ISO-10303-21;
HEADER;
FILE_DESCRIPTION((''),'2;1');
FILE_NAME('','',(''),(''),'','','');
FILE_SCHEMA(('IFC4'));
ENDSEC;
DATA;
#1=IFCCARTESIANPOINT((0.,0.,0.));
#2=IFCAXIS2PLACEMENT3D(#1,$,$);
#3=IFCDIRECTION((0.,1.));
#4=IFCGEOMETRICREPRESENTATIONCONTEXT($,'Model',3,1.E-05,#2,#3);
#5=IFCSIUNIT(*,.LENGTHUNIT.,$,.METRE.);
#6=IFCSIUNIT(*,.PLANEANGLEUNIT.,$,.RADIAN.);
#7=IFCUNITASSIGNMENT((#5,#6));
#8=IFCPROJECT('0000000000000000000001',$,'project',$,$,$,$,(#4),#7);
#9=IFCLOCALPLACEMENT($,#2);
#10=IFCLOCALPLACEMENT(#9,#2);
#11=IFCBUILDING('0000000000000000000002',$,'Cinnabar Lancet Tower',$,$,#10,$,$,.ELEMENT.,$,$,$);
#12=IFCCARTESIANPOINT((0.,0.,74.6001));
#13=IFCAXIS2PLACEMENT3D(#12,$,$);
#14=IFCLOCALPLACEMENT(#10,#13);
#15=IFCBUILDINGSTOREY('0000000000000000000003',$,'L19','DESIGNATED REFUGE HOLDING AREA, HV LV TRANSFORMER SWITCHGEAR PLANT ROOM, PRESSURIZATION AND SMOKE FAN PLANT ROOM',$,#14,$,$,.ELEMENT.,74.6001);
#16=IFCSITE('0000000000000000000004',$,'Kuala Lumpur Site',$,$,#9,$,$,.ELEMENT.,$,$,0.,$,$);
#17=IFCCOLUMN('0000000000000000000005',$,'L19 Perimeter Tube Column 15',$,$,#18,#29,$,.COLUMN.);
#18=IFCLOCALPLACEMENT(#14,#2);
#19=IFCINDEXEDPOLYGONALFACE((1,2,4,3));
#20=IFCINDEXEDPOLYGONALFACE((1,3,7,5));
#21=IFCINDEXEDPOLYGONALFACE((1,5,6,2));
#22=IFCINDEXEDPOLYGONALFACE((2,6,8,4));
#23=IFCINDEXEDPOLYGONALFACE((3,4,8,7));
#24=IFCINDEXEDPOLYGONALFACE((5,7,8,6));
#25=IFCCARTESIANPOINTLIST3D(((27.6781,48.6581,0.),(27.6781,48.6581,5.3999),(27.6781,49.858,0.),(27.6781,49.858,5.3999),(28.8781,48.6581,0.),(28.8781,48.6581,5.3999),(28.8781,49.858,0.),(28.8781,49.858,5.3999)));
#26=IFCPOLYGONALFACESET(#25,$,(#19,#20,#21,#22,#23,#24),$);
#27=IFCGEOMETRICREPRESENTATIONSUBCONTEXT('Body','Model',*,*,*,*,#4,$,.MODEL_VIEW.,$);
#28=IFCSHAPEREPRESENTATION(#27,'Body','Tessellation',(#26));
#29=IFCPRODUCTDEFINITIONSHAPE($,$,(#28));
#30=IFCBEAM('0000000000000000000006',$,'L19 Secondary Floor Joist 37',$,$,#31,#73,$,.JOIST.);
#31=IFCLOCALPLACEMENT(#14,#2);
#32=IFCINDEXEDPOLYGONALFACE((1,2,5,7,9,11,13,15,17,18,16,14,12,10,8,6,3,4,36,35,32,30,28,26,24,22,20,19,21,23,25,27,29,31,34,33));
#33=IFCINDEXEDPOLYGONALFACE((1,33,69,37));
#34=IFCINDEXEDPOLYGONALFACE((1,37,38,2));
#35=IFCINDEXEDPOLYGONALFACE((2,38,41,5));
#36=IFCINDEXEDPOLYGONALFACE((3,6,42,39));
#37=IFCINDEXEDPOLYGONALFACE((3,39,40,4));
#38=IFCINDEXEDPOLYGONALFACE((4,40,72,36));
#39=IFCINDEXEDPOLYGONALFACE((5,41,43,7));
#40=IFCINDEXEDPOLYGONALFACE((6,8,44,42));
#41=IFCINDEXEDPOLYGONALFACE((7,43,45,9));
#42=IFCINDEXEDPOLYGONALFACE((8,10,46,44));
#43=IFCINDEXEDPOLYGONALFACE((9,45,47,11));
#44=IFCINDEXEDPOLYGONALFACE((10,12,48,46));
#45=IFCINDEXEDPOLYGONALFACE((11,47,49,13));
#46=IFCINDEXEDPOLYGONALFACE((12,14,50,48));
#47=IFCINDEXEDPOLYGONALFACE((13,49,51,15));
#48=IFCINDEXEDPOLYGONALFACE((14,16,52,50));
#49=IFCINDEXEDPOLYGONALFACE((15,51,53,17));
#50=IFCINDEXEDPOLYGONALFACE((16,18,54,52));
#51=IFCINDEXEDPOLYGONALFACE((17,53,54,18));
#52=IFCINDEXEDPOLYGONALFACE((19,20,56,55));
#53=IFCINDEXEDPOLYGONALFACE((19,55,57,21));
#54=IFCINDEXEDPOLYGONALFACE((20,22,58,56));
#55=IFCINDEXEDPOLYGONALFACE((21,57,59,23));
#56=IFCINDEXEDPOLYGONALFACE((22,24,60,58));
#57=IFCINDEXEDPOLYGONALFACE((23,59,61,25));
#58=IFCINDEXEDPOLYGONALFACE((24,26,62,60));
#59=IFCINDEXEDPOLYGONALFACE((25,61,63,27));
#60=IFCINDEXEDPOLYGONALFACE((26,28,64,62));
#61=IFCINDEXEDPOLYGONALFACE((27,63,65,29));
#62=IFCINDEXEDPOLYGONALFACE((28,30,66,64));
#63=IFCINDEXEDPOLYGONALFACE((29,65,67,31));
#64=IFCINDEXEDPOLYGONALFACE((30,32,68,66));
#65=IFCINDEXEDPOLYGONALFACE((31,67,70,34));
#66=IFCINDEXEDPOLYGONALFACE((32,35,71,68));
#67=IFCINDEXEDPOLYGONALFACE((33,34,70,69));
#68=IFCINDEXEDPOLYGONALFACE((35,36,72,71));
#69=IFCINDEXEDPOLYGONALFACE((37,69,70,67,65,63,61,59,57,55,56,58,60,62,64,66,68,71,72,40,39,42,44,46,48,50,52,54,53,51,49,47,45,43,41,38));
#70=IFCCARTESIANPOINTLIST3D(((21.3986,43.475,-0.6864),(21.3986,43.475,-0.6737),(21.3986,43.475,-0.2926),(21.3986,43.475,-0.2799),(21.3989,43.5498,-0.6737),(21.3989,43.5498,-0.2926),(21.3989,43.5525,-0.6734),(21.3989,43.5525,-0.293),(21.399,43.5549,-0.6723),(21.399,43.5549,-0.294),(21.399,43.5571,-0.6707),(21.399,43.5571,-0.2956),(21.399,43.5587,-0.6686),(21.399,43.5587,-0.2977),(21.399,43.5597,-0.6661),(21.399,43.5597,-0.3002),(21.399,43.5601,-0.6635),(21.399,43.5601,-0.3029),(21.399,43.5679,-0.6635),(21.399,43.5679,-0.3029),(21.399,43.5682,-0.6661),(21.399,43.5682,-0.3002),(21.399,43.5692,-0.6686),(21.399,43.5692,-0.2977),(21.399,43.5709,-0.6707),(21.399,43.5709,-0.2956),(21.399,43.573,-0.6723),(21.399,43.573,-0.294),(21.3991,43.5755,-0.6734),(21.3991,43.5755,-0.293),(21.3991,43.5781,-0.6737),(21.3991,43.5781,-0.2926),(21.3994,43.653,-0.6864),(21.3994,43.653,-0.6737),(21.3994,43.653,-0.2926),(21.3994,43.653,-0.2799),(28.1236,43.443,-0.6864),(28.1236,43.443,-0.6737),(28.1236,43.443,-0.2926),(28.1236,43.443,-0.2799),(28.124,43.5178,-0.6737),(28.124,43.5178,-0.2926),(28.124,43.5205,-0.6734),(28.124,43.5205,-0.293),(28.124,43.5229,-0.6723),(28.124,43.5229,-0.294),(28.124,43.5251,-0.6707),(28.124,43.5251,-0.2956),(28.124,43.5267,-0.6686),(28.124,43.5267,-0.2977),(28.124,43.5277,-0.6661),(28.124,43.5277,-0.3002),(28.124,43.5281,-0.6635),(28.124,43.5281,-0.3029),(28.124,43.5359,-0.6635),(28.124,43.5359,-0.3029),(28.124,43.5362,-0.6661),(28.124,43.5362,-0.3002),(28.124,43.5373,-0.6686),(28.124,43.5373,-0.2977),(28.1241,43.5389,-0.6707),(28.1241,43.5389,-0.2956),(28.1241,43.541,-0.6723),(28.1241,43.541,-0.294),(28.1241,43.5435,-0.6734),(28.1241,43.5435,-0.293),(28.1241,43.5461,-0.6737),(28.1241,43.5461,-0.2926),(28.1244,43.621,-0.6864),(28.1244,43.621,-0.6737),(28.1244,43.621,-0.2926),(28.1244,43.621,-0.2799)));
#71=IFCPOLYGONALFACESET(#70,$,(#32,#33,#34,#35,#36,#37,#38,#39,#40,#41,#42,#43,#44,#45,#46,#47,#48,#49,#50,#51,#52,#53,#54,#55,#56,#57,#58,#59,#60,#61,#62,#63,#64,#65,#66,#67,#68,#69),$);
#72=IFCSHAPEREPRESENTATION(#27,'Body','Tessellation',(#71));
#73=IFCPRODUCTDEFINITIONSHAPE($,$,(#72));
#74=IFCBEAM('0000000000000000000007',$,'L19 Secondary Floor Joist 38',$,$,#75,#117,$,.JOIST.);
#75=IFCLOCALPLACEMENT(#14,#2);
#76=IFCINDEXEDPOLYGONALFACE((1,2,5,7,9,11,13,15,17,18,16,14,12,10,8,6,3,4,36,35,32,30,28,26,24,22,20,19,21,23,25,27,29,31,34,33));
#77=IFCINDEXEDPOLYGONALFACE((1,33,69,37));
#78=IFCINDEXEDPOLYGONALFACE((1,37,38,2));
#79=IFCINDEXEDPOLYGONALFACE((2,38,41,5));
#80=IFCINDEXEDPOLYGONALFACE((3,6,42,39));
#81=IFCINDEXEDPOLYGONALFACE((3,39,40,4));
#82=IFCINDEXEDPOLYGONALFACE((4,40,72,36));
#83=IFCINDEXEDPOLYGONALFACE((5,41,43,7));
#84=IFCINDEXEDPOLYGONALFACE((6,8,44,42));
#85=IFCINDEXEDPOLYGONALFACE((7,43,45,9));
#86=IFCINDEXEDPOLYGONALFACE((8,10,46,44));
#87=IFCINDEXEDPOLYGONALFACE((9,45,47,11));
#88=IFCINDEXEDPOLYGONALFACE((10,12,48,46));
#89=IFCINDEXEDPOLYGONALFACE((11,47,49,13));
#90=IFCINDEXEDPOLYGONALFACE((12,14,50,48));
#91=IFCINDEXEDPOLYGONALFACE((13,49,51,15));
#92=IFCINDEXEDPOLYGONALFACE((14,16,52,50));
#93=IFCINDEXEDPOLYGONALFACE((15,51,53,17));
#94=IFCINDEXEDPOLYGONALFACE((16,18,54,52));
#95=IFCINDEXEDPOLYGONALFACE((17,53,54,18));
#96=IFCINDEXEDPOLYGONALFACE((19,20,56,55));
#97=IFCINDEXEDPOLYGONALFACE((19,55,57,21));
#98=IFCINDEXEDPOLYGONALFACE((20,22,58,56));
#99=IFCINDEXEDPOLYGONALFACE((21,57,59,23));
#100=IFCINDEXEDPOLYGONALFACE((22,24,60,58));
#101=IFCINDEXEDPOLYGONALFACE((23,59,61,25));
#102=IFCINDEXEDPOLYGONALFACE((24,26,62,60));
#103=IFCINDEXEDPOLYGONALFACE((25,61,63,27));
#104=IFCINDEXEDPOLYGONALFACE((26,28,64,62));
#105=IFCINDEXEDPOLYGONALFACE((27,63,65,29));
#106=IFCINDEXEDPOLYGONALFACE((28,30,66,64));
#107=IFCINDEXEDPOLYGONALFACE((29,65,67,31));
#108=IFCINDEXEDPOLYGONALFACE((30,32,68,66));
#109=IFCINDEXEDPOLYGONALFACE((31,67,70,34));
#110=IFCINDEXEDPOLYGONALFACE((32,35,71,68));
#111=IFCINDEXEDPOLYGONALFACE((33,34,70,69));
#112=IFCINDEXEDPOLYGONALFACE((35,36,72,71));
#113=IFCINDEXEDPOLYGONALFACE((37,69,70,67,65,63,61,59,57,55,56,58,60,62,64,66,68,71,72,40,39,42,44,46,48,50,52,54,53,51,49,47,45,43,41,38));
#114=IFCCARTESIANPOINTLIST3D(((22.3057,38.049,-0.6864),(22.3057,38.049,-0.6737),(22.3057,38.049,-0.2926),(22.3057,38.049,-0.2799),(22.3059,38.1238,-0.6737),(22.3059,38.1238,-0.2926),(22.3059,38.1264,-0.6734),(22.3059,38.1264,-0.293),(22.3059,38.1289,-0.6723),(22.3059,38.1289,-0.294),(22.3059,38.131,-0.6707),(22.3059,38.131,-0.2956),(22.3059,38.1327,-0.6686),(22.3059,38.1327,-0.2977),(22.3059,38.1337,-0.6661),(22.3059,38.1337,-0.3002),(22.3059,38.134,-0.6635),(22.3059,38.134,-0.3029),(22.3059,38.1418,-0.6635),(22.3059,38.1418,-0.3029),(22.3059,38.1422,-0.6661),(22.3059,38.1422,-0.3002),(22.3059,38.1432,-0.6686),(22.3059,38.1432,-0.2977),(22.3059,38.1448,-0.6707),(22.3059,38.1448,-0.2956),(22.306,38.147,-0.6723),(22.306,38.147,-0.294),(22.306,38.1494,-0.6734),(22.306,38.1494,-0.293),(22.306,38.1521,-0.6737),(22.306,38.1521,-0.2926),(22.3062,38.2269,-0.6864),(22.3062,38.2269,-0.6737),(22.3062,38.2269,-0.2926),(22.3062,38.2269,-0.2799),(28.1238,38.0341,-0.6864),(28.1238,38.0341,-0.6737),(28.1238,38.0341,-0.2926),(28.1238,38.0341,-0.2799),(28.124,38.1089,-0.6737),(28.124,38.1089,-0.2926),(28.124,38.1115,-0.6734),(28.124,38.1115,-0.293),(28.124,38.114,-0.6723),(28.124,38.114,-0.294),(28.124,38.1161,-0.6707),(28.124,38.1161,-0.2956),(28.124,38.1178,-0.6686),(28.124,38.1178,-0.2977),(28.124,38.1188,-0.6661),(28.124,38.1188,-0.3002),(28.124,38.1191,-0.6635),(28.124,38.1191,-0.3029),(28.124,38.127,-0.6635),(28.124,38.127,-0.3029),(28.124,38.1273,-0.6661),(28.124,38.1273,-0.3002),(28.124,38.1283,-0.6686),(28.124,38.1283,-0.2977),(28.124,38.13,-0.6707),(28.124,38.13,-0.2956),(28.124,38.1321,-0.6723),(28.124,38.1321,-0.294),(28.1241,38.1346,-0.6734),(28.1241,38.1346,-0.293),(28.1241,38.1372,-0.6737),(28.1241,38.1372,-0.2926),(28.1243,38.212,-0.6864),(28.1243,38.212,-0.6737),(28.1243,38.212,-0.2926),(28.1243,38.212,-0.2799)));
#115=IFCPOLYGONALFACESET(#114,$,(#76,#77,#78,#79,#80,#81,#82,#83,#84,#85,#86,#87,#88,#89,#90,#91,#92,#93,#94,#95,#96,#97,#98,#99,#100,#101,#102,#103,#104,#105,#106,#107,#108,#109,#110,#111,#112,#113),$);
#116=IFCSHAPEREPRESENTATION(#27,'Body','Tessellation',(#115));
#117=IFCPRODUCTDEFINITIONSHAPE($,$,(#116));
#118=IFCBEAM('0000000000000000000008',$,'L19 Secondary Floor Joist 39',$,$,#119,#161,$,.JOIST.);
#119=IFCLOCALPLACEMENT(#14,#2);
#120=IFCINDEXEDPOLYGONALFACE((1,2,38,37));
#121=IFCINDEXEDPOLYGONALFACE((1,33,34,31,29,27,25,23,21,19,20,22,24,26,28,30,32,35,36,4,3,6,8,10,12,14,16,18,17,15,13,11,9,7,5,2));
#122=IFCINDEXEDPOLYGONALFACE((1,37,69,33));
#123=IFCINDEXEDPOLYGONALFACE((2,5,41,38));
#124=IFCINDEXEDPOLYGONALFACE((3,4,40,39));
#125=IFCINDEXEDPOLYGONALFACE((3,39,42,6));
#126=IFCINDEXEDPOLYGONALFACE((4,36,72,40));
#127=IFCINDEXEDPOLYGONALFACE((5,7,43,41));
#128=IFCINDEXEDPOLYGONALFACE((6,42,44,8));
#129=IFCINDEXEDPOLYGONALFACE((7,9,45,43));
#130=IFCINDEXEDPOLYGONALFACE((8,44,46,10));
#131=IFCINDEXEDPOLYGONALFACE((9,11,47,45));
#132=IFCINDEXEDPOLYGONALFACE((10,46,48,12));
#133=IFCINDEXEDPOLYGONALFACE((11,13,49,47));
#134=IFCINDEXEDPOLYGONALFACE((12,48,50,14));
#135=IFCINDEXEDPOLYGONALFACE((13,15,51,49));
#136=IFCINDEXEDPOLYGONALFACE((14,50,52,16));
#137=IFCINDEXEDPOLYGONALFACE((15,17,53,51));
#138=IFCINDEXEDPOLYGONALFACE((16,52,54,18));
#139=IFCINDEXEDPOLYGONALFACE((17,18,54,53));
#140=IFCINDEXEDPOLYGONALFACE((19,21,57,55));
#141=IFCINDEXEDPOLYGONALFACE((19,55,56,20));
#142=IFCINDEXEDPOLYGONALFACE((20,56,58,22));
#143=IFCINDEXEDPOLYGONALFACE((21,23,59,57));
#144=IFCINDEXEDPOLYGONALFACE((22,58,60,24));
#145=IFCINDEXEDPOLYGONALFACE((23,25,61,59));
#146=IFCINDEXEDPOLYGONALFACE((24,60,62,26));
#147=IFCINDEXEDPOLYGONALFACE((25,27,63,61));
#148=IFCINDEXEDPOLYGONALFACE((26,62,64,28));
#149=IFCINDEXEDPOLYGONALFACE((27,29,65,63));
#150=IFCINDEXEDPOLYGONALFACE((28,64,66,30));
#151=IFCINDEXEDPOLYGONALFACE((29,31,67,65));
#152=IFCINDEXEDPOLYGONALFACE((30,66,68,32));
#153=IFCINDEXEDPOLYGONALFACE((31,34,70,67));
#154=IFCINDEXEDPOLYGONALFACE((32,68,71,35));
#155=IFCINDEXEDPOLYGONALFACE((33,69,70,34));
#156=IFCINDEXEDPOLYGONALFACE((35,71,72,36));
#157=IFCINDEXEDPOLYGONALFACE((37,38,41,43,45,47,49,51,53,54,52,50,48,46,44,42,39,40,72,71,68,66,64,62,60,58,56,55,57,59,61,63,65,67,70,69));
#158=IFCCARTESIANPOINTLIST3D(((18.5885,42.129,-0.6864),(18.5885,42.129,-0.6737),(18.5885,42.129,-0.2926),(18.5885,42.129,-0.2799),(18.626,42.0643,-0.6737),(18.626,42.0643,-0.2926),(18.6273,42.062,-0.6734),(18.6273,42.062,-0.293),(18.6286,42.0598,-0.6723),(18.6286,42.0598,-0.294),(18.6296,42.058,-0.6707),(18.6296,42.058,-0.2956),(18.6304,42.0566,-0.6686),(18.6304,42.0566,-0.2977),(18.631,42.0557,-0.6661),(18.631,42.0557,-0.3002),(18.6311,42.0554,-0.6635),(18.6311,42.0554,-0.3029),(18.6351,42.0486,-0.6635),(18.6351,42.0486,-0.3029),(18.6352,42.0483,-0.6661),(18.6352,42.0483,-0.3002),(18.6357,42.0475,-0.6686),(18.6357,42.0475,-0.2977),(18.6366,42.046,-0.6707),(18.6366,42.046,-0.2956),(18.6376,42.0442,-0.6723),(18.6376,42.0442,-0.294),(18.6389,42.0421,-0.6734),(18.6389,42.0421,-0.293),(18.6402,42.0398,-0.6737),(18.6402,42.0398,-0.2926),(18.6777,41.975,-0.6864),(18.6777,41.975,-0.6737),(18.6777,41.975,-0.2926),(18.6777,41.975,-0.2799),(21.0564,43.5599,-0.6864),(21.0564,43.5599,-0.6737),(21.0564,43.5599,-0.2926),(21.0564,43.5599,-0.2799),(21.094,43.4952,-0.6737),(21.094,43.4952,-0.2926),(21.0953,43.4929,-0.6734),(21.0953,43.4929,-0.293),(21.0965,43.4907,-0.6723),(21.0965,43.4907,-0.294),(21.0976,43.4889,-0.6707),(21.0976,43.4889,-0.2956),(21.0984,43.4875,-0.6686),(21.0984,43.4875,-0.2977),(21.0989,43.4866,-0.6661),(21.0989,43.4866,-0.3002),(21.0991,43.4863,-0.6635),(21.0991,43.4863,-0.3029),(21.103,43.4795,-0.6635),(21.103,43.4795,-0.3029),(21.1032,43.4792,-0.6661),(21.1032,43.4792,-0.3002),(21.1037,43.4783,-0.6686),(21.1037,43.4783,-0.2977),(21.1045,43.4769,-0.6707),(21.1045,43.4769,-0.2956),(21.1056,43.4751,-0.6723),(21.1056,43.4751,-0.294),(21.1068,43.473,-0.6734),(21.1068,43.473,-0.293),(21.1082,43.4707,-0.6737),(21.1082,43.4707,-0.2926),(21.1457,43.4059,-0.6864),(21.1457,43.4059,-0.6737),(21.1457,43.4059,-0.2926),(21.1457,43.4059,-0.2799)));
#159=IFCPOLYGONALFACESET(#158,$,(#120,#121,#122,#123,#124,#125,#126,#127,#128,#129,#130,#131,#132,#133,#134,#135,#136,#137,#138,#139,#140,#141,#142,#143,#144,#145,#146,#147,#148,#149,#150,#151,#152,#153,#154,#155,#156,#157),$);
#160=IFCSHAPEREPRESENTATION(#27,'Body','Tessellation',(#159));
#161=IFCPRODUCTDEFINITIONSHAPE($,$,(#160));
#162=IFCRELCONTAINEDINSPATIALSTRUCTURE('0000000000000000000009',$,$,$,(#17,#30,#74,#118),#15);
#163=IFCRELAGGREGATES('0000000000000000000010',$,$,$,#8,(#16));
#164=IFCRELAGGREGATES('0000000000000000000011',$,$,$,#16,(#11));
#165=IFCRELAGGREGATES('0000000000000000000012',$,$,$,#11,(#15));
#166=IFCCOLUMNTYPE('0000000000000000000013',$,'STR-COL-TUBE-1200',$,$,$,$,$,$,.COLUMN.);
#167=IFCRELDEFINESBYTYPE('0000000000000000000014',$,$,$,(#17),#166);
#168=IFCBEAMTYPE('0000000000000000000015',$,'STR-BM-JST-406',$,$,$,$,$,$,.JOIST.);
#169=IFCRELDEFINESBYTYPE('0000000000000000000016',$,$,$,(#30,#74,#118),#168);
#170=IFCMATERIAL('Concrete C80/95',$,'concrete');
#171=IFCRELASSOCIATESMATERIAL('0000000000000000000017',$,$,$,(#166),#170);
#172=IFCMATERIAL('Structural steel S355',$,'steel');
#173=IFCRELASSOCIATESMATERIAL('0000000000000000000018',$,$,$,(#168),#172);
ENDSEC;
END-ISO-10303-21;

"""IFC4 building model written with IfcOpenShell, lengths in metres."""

from ifc_helpers import new_model, si_unit, direction, frame, origin, origin_2d, place, context, subcontext, project, spatial, rectangle, i_section, extrude, material, material_profile, profile_set, type_object, element, save


model = new_model("IFC4")

# Units and contexts
model_context = context("Model", 3, precision=1e-05, world=origin(), true_north=direction((0.0, 1.0)))
body_context = subcontext(model_context, "Body", "Model", "MODEL_VIEW")
ifc_project = project(units=[si_unit("LENGTHUNIT", "METRE"), si_unit("PLANEANGLEUNIT", "RADIAN")], contexts=[model_context])

# Site, building, storey
site_placement = place(None, origin())
site = spatial("IfcSite", under=ifc_project, at=site_placement, Name="Kuala Lumpur Site", CompositionType="ELEMENT", RefElevation=0.0)
building_placement = place(site_placement, origin())
building = spatial("IfcBuilding", under=site, at=building_placement, Name="Cinnabar Lancet Tower", CompositionType="ELEMENT")
storey_placement = place(building_placement, frame((0.0, 0.0, 74.6001)))
storey = spatial("IfcBuildingStorey", under=building, at=storey_placement, Name="L19", Description="DESIGNATED REFUGE HOLDING AREA, HV LV TRANSFORMER SWITCHGEAR PLANT ROOM, PRESSURIZATION AND SMOKE FAN PLANT ROOM", CompositionType="ELEMENT", Elevation=74.6001)

# Column
ifc_material_1 = material(Name="Concrete C80/95", Category="concrete")
ifc_material_profile_1 = material_profile(ifc_material_1, rectangle(XDim=1.2, YDim=1.2, at=origin_2d()), Name="RC-COL 1200x1200")
ifc_profile_set_1 = profile_set([ifc_material_profile_1], Name="Concrete C80/95")
column_type = type_object("IfcColumnType", Name="STR-COL-TUBE-1200", PredefinedType="COLUMN", material=ifc_profile_set_1)
column_placement = place(storey_placement, frame((28.2781, 49.2581, 0.0), z_axis=(0.0, 0.0, 1.0), x_axis=(1.0, 0.0, 0.0)))
element("IfcColumn", 1, at=column_placement, inside=storey, type_object=column_type, Name="L19 Perimeter Tube Column 15", PredefinedType="COLUMN", context=body_context, shape_type="SweptSolid", body=[
    extrude(rectangle(XDim=1.2, YDim=1.2, at=origin_2d()), origin(), (0.0, 0.0, 1.0), 5.3999),
])

# Beams
ifc_material_2 = material(Name="Structural steel S355", Category="steel")
ifc_material_profile_2 = material_profile(ifc_material_2, i_section(OverallWidth=0.178, OverallDepth=0.4065, WebThickness=0.0078, FlangeThickness=0.0127, FilletRadius=0.0103, at=origin_2d()), Name="UKB 406x178x60")
ifc_profile_set_2 = profile_set([ifc_material_profile_2], Name="Structural steel S355")
beam_type_1 = type_object("IfcBeamType", Name="STR-BM-JST-406", PredefinedType="JOIST", material=ifc_profile_set_2)
beam_1_placement = place(storey_placement, frame((28.124, 43.532, -0.4832), z_axis=(-0.999989, 0.004756, 0.0), x_axis=(-0.004756, -0.999989, 0.0)))
element("IfcBeam", 2, at=beam_1_placement, inside=storey, type_object=beam_type_1, Name="L19 Secondary Floor Joist 37", PredefinedType="JOIST", context=body_context, shape_type="SweptSolid", body=[
    extrude(i_section(OverallWidth=0.178, OverallDepth=0.4065, WebThickness=0.0078, FlangeThickness=0.0127, FilletRadius=0.0103, at=origin_2d()), origin(), (0.0, 0.0, 1.0), 6.7251),
])
beam_2_placement = place(storey_placement, frame((28.124, 38.123, -0.4832), z_axis=(-0.999997, 0.00256, 0.0), x_axis=(-0.00256, -0.999997, 0.0)))
element("IfcBeam", 3, at=beam_2_placement, inside=storey, type_object=beam_type_1, Name="L19 Secondary Floor Joist 38", PredefinedType="JOIST", context=body_context, shape_type="SweptSolid", body=[
    extrude(i_section(OverallWidth=0.178, OverallDepth=0.4065, WebThickness=0.0078, FlangeThickness=0.0127, FilletRadius=0.0103, at=origin_2d()), origin(), (0.0, 0.0, 1.0), 5.8181),
])
beam_3_placement = place(storey_placement, frame((21.1011, 43.4829, -0.4832), z_axis=(-0.865114, -0.501576, 0.0), x_axis=(0.501576, -0.865114, 0.0)))
element("IfcBeam", 4, at=beam_3_placement, inside=storey, type_object=beam_type_1, Name="L19 Secondary Floor Joist 39", PredefinedType="JOIST", context=body_context, shape_type="SweptSolid", body=[
    extrude(i_section(OverallWidth=0.178, OverallDepth=0.4065, WebThickness=0.0078, FlangeThickness=0.0127, FilletRadius=0.0103, at=origin_2d()), origin(), (0.0, 0.0, 1.0), 2.8528),
])

save(model, "model.ifc")
